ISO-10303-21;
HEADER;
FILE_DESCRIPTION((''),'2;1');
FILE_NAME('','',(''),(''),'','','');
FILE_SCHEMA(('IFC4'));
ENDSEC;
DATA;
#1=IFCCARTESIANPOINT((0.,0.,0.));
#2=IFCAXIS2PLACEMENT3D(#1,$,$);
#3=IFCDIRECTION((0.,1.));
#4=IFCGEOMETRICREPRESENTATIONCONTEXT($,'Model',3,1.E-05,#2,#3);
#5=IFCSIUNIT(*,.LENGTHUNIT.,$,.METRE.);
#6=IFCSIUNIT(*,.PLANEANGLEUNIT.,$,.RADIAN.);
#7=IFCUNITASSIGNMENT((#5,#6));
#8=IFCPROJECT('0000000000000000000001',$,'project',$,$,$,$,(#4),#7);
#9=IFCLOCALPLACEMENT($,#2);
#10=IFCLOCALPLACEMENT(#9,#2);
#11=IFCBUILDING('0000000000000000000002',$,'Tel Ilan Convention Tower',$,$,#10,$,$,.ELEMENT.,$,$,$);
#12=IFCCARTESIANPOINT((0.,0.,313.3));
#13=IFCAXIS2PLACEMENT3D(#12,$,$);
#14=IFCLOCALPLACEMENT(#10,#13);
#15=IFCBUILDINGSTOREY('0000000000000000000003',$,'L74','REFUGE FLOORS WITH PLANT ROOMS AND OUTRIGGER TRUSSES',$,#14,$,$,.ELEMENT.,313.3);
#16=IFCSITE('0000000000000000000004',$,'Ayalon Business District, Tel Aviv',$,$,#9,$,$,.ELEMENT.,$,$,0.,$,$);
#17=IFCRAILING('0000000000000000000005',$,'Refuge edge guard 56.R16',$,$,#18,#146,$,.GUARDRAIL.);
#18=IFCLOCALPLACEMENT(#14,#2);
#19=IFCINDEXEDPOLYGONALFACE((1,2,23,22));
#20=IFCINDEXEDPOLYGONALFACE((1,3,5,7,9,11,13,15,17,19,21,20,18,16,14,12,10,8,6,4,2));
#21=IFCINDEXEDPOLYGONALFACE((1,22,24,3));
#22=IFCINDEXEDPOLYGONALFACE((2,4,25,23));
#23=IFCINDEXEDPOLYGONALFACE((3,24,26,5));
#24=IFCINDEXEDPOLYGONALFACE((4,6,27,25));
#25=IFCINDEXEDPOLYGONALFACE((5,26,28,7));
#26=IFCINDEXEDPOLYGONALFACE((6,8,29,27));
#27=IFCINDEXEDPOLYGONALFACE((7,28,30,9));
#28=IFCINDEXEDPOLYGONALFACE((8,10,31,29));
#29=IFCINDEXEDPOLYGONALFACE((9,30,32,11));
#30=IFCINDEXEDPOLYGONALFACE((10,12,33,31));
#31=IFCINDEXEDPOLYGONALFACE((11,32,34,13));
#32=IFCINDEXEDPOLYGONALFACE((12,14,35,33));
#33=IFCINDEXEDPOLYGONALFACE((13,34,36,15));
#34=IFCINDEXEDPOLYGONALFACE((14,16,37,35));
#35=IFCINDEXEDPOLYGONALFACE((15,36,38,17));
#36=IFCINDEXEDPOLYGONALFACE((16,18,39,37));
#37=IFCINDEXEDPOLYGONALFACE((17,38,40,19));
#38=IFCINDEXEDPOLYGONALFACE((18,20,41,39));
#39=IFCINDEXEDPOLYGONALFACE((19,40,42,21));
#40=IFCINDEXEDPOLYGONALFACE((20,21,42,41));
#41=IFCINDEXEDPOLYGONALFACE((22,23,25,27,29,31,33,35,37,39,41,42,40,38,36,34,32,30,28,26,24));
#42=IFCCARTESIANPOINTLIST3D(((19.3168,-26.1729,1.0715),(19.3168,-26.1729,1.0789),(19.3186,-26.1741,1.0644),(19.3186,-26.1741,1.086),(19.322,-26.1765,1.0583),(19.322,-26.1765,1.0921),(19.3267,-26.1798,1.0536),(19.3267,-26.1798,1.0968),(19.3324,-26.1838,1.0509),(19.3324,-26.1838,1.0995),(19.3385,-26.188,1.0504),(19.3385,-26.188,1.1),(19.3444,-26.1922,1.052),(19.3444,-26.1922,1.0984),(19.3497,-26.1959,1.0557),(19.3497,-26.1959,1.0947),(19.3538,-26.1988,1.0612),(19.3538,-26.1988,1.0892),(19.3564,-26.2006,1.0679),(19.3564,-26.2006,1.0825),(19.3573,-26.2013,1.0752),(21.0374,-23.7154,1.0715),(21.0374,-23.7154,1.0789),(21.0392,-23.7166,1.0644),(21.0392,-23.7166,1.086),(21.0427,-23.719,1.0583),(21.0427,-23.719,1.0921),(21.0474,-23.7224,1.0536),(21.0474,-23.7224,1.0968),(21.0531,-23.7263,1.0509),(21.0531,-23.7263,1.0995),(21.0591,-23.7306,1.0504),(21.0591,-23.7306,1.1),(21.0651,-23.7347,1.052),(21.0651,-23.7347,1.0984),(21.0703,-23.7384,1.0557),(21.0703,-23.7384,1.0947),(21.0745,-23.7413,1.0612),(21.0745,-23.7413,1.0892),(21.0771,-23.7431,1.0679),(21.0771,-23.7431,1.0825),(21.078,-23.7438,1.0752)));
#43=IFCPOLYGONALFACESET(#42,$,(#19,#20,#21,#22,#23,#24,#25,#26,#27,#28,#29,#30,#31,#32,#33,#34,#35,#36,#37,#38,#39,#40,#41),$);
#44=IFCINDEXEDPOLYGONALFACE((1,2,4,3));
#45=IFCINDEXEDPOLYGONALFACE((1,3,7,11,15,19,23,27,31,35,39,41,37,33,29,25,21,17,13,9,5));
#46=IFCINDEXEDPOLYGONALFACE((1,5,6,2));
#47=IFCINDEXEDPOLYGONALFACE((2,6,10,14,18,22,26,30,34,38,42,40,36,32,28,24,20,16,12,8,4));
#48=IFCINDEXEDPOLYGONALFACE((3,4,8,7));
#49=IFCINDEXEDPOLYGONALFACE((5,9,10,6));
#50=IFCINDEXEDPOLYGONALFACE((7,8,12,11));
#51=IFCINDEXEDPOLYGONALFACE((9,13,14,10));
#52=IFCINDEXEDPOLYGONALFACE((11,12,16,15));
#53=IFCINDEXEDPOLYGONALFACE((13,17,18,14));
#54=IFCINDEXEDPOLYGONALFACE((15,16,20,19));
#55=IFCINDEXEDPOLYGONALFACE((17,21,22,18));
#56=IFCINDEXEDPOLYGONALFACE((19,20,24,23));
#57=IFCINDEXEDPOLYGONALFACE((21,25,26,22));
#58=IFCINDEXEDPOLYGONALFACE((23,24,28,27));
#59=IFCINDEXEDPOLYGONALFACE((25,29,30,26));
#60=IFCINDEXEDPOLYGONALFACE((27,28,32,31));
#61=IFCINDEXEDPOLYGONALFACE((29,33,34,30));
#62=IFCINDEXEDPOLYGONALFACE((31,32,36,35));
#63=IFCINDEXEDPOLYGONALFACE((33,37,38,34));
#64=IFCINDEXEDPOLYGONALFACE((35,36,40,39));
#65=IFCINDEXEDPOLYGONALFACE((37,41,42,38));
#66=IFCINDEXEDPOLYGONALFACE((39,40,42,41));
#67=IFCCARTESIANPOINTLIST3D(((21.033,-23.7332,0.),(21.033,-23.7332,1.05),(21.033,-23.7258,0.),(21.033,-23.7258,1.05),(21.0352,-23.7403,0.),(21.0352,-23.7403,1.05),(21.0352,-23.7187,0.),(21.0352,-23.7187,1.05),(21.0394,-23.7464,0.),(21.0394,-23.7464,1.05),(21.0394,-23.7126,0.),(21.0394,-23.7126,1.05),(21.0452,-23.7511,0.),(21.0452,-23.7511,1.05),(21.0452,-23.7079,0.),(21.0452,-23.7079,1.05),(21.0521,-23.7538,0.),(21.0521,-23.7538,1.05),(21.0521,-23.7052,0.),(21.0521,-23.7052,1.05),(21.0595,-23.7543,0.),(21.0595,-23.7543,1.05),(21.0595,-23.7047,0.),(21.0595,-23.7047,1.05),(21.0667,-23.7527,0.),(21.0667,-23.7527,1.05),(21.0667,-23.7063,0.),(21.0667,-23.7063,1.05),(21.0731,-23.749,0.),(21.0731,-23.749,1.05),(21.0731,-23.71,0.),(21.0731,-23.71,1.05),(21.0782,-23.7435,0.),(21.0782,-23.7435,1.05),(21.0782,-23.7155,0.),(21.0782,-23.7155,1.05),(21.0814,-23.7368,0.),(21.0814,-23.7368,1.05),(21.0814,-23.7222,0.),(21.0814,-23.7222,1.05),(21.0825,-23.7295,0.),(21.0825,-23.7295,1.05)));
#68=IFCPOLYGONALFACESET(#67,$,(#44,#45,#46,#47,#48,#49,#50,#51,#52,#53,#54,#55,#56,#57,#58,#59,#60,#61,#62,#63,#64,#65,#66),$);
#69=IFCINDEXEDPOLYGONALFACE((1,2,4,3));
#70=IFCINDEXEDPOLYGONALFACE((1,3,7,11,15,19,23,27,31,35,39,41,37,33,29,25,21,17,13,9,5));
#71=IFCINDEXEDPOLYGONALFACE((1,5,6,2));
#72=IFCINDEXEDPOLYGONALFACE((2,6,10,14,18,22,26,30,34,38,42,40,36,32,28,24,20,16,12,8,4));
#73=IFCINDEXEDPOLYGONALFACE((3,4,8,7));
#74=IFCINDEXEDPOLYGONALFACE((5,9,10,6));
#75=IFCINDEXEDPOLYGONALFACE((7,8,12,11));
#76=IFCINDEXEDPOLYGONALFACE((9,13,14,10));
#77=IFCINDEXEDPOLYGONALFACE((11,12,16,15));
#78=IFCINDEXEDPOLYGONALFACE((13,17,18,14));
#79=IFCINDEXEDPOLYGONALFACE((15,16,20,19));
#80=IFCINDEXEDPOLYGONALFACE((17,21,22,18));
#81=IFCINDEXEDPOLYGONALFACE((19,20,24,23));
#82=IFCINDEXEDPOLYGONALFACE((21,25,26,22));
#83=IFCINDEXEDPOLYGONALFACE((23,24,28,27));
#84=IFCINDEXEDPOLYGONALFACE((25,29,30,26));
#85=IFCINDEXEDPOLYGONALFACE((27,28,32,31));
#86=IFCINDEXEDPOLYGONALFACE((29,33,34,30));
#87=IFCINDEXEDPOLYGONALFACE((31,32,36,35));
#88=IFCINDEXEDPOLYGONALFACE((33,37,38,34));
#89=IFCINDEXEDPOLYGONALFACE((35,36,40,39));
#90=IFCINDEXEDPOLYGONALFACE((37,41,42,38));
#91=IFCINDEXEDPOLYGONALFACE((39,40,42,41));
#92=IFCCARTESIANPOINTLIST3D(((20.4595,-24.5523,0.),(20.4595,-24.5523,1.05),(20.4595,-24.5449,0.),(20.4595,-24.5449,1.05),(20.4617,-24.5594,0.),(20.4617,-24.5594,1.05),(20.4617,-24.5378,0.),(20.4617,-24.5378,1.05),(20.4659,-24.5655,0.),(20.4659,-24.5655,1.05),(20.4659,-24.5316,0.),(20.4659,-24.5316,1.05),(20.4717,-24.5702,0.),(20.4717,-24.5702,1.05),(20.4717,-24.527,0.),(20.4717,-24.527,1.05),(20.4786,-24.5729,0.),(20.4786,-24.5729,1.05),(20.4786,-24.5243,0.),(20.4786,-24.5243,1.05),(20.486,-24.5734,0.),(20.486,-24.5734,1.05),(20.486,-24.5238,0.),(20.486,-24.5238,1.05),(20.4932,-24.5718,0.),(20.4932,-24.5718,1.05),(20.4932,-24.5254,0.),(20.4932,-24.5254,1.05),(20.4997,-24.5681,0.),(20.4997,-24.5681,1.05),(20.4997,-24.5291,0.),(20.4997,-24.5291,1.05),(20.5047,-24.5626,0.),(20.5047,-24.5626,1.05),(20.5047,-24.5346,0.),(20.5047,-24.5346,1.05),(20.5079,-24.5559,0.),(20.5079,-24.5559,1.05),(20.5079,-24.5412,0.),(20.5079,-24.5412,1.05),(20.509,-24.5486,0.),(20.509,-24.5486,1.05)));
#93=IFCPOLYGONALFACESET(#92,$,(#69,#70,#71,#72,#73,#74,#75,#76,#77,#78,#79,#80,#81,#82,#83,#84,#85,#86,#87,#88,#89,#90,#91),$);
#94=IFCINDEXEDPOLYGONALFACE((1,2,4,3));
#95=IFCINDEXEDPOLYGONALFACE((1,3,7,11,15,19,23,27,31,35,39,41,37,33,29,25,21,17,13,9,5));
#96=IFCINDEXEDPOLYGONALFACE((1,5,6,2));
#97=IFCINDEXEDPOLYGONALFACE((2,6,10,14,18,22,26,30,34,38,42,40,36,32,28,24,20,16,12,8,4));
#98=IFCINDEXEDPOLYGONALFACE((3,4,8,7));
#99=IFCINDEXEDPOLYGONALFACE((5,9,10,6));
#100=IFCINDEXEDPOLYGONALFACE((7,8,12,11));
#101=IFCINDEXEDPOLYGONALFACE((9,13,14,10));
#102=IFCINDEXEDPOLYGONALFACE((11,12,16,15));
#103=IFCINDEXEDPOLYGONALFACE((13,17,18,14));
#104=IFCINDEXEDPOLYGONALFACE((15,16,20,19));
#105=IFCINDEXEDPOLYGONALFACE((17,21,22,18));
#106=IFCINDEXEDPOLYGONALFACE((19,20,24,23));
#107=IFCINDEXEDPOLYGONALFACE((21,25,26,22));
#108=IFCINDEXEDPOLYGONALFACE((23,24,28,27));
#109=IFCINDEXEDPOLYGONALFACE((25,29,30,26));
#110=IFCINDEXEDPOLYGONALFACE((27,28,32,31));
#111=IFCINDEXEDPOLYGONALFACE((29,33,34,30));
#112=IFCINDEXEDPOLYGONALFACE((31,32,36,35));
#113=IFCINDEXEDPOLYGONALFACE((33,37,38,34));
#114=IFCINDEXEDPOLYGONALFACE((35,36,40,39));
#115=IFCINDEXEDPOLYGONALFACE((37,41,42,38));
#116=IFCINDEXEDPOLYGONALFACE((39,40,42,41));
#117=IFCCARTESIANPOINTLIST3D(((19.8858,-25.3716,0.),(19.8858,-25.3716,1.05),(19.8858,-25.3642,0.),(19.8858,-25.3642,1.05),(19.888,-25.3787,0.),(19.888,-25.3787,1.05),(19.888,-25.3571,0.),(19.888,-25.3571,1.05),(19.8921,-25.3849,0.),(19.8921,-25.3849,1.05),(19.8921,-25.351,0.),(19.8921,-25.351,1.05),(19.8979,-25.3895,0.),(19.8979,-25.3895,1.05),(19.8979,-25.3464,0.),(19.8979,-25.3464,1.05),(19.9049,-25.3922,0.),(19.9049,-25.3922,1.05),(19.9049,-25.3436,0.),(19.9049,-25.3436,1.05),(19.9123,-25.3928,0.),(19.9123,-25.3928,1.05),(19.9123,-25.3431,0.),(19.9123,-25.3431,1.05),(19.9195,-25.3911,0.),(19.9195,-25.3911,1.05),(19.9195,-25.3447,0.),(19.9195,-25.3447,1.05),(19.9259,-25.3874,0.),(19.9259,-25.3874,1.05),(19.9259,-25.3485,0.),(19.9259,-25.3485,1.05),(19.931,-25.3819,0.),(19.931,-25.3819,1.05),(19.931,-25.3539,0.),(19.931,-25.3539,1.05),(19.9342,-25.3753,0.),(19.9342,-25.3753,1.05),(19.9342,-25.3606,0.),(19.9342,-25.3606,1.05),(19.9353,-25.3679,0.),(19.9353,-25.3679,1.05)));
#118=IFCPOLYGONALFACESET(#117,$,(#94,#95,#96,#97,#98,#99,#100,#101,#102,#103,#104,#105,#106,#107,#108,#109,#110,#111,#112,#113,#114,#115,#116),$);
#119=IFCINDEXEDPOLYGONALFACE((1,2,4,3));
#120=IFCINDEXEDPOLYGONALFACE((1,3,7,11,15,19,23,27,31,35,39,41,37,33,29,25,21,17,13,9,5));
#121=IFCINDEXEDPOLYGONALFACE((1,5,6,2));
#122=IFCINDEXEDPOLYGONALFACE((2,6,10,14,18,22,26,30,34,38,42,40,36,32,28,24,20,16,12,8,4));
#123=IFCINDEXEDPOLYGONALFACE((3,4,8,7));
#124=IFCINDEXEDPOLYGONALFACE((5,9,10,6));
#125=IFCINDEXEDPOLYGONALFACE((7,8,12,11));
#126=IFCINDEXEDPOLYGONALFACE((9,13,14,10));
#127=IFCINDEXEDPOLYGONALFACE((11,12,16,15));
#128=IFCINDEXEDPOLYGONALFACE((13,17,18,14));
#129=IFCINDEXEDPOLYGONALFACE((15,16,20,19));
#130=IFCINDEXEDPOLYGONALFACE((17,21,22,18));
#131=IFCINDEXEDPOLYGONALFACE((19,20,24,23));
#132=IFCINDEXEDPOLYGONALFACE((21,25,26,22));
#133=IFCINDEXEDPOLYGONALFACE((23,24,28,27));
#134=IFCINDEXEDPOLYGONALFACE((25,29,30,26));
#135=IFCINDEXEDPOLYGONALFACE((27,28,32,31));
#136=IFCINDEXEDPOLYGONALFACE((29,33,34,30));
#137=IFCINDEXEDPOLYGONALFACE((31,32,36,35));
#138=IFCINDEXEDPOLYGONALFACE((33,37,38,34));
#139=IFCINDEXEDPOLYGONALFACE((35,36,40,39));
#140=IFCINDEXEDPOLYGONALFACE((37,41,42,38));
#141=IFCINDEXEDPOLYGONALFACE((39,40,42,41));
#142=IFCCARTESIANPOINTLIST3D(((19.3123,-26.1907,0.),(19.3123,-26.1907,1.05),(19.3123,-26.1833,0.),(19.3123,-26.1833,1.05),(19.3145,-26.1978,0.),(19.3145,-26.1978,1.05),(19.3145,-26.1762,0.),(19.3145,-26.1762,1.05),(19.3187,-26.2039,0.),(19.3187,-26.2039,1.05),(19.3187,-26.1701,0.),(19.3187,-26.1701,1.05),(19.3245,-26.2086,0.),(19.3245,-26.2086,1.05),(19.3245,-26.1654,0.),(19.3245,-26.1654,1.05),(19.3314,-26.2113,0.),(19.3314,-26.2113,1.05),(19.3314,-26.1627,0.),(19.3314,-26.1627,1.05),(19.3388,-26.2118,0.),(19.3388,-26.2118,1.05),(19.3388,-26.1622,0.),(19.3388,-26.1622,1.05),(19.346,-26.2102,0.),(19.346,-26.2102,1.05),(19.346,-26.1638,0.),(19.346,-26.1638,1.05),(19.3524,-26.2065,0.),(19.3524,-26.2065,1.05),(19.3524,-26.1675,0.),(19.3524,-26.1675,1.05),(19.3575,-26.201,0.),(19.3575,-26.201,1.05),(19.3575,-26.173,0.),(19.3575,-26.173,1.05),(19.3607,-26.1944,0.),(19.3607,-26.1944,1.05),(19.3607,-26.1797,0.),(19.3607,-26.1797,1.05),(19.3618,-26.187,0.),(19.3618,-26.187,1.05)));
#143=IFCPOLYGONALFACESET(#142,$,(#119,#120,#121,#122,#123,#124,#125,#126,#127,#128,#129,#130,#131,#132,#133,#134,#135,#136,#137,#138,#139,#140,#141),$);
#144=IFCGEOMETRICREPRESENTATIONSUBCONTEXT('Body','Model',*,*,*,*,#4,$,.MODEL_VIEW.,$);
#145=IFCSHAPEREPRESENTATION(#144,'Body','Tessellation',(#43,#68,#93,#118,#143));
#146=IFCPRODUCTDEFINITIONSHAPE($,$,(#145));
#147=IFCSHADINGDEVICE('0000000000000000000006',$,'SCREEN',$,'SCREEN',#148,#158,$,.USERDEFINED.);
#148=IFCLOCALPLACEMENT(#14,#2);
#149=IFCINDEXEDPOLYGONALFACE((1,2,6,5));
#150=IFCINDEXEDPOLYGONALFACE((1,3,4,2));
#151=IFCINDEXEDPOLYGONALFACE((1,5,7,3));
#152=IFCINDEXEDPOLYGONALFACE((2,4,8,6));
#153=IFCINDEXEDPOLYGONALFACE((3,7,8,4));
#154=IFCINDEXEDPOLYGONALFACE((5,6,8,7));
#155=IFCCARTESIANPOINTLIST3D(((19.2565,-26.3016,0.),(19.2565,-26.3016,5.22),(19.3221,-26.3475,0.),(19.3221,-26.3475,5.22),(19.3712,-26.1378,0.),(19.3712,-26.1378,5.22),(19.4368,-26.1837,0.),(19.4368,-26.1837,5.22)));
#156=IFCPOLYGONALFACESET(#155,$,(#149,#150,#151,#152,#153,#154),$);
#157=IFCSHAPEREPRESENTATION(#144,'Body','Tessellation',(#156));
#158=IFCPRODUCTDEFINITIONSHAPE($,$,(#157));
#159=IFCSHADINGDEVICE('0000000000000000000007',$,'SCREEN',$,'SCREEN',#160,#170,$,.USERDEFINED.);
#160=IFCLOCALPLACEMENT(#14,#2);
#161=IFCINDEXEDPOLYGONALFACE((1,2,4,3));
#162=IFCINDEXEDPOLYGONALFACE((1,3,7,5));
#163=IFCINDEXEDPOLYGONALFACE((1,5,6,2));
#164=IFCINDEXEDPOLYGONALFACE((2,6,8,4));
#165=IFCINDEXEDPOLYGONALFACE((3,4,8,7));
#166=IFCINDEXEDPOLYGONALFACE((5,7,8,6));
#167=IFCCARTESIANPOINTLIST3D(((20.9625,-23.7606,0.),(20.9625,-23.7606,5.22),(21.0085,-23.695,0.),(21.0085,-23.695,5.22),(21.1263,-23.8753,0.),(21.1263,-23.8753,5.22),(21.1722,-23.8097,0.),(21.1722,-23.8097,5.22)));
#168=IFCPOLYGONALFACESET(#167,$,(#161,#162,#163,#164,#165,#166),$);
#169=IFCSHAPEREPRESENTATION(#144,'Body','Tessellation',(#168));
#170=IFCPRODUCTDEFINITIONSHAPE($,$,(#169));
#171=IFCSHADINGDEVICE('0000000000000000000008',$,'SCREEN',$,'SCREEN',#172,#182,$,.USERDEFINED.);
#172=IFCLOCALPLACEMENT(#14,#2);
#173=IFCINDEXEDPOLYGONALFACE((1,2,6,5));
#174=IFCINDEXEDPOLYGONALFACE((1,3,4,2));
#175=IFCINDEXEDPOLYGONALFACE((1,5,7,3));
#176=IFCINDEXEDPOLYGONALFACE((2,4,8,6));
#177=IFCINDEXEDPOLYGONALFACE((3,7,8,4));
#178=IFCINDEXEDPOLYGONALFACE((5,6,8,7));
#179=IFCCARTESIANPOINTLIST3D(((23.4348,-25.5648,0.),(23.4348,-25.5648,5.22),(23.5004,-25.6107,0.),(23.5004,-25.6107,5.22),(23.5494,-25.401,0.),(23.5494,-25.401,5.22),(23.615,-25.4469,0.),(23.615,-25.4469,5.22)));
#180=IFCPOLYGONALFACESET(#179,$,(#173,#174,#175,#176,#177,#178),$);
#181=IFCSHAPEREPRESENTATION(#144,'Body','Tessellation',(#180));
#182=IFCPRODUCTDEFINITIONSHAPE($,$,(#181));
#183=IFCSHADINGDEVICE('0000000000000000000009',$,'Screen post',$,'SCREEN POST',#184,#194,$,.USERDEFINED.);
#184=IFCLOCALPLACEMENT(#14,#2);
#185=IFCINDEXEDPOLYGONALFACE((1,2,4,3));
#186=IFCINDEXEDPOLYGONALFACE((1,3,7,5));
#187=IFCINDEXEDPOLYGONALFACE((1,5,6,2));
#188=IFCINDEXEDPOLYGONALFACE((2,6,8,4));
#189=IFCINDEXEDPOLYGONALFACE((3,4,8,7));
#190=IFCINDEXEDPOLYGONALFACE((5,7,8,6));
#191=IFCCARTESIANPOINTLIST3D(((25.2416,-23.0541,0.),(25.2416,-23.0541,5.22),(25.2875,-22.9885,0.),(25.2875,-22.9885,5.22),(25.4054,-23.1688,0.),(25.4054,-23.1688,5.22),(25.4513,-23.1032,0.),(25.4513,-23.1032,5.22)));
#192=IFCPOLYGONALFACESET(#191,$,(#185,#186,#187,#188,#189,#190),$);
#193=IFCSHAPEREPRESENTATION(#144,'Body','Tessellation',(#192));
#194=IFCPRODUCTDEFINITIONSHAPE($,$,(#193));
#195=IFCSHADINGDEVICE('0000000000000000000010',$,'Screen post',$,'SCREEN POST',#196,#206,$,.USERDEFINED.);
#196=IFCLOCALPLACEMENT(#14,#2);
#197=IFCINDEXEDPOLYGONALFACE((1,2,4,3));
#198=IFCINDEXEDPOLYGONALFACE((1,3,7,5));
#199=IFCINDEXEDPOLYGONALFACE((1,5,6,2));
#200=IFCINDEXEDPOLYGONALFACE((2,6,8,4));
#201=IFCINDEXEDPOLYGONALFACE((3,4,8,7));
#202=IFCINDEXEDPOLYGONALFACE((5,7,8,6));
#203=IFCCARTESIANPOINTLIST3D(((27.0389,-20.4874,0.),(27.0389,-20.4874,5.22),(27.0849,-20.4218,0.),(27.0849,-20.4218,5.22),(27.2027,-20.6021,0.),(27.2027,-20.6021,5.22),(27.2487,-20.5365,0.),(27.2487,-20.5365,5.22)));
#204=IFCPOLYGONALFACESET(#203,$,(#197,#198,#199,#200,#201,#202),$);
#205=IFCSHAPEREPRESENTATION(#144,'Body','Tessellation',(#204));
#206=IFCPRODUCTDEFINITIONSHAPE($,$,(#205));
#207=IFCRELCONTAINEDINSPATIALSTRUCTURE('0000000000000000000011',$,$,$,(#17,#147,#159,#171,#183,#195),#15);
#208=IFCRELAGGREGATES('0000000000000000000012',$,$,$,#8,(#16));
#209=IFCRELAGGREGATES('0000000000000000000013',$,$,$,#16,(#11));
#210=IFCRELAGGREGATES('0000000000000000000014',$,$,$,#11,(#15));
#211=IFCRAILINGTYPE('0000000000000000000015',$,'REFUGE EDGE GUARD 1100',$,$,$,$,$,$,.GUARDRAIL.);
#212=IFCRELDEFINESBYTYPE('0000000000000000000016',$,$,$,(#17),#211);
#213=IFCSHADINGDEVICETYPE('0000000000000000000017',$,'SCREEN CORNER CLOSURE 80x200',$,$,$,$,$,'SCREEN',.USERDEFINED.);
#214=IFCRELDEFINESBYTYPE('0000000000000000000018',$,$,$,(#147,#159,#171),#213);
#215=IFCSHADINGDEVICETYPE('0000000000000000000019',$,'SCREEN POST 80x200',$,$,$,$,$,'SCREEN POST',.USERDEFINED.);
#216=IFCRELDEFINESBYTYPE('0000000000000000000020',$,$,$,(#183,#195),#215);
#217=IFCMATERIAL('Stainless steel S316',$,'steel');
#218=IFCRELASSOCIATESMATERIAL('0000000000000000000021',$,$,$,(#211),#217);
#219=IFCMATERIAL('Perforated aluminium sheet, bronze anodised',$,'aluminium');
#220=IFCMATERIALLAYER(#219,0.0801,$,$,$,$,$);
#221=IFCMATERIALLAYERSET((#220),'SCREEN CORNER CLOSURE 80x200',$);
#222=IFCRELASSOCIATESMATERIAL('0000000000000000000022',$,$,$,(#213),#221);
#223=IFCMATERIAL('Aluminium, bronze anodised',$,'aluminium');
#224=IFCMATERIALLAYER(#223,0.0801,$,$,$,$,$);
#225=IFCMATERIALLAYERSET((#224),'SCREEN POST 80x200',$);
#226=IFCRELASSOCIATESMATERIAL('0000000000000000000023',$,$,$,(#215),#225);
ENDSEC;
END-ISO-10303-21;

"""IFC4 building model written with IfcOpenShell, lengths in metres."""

from ifc_helpers import new_model, si_unit, direction, frame, origin, origin_2d, place, context, subcontext, project, spatial, rectangle, circle, extrude, material, layer, layer_set, type_object, element, save


model = new_model("IFC4")

# Units and contexts
model_context = context("Model", 3, precision=1e-05, world=origin(), true_north=direction((0.0, 1.0)))
body_context = subcontext(model_context, "Body", "Model", "MODEL_VIEW")
ifc_project = project(units=[si_unit("LENGTHUNIT", "METRE"), si_unit("PLANEANGLEUNIT", "RADIAN")], contexts=[model_context])

# Site, building, storey
site_placement = place(None, origin())
site = spatial("IfcSite", under=ifc_project, at=site_placement, Name="Ayalon Business District, Tel Aviv", CompositionType="ELEMENT", RefElevation=0.0)
building_placement = place(site_placement, origin())
building = spatial("IfcBuilding", under=site, at=building_placement, Name="Tel Ilan Convention Tower", CompositionType="ELEMENT")
storey_placement = place(building_placement, frame((0.0, 0.0, 313.3)))
storey = spatial("IfcBuildingStorey", under=building, at=storey_placement, Name="L74", Description="REFUGE FLOORS WITH PLANT ROOMS AND OUTRIGGER TRUSSES", CompositionType="ELEMENT", Elevation=313.3)

# Railing
ifc_material_1 = material(Name="Stainless steel S316", Category="steel")
railing_type = type_object("IfcRailingType", Name="REFUGE EDGE GUARD 1100", PredefinedType="GUARDRAIL", material=ifc_material_1)
railing_1_placement = place(storey_placement, frame((21.0576, -23.7295, 0.0)))
element("IfcRailing", 1, at=railing_1_placement, inside=storey, type_object=railing_type, Name="Refuge edge guard 56.R16", PredefinedType="GUARDRAIL", context=body_context, shape_type="SweptSolid", body=[
    extrude(circle(Radius=0.0249, at=origin_2d()), frame((0.0, 0.0, 1.0752), z_axis=(-0.573561, -0.819163, 0.0), x_axis=(0.819163, -0.573561, 0.0)), (0.0, 0.0, 1.0), 3.0),
    extrude(circle(Radius=0.0249, at=origin_2d()), origin(), (0.0, 0.0, 1.0), 1.05),
    extrude(circle(Radius=0.0249, at=origin_2d()), frame((-0.5735, -0.8191, 0.0)), (0.0, 0.0, 1.0), 1.05),
    extrude(circle(Radius=0.0249, at=origin_2d()), frame((-1.1472, -1.6384, 0.0)), (0.0, 0.0, 1.0), 1.05),
    extrude(circle(Radius=0.0249, at=origin_2d()), frame((-1.7207, -2.4575, 0.0)), (0.0, 0.0, 1.0), 1.05),
])

# Shading devices
ifc_material_2 = material(Name="Perforated aluminium sheet, bronze anodised", Category="aluminium")
ifc_layer_1 = layer(ifc_material_2, 0.0801)
ifc_layer_set_1 = layer_set([ifc_layer_1], Name="SCREEN CORNER CLOSURE 80x200")
shading_device_type_1 = type_object("IfcShadingDeviceType", Name="SCREEN CORNER CLOSURE 80x200", ElementType="SCREEN", PredefinedType="USERDEFINED", material=ifc_layer_set_1)
for number, where, z_axis, x_axis, name in (
    (2, (19.3467, -26.2427, 0.0), (0.0, 0.0, 1.0), (0.819152, -0.573576, 0.0), "SCREEN"),
    (3, (21.0674, -23.7852, 0.0), (0.0, 0.0, 1.0), (0.573576, 0.819152, 0.0), "SCREEN"),
    (4, (23.5249, -25.5059, 0.0), (0.0, 0.0, 1.0), (0.819152, -0.573576, 0.0), "SCREEN"),
):
    element("IfcShadingDevice", number, at=place(storey_placement, frame(where, z_axis=z_axis, x_axis=x_axis)), inside=storey, type_object=shading_device_type_1, Name=name, ObjectType="SCREEN", PredefinedType="USERDEFINED", context=body_context, shape_type="SweptSolid", body=[
        extrude(rectangle(XDim=0.0801, YDim=0.2, at=origin_2d()), origin(), (0.0, 0.0, 1.0), 5.22),
    ])
ifc_material_3 = material(Name="Aluminium, bronze anodised", Category="aluminium")
ifc_layer_2 = layer(ifc_material_3, 0.0801)
ifc_layer_set_2 = layer_set([ifc_layer_2], Name="SCREEN POST 80x200")
shading_device_type_2 = type_object("IfcShadingDeviceType", Name="SCREEN POST 80x200", ElementType="SCREEN POST", PredefinedType="USERDEFINED", material=ifc_layer_set_2)
for number, where, z_axis, x_axis, name in (
    (5, (25.3464, -23.0786, 0.0), (0.0, 0.0, 1.0), (0.573576, 0.819152, 0.0), "Screen post"),
    (6, (27.1438, -20.512, 0.0), (0.0, 0.0, 1.0), (0.573576, 0.819152, 0.0), "Screen post"),
):
    element("IfcShadingDevice", number, at=place(storey_placement, frame(where, z_axis=z_axis, x_axis=x_axis)), inside=storey, type_object=shading_device_type_2, Name=name, ObjectType="SCREEN POST", PredefinedType="USERDEFINED", context=body_context, shape_type="SweptSolid", body=[
        extrude(rectangle(XDim=0.0801, YDim=0.2, at=origin_2d()), origin(), (0.0, 0.0, 1.0), 5.22),
    ])

save(model, "model.ifc")
